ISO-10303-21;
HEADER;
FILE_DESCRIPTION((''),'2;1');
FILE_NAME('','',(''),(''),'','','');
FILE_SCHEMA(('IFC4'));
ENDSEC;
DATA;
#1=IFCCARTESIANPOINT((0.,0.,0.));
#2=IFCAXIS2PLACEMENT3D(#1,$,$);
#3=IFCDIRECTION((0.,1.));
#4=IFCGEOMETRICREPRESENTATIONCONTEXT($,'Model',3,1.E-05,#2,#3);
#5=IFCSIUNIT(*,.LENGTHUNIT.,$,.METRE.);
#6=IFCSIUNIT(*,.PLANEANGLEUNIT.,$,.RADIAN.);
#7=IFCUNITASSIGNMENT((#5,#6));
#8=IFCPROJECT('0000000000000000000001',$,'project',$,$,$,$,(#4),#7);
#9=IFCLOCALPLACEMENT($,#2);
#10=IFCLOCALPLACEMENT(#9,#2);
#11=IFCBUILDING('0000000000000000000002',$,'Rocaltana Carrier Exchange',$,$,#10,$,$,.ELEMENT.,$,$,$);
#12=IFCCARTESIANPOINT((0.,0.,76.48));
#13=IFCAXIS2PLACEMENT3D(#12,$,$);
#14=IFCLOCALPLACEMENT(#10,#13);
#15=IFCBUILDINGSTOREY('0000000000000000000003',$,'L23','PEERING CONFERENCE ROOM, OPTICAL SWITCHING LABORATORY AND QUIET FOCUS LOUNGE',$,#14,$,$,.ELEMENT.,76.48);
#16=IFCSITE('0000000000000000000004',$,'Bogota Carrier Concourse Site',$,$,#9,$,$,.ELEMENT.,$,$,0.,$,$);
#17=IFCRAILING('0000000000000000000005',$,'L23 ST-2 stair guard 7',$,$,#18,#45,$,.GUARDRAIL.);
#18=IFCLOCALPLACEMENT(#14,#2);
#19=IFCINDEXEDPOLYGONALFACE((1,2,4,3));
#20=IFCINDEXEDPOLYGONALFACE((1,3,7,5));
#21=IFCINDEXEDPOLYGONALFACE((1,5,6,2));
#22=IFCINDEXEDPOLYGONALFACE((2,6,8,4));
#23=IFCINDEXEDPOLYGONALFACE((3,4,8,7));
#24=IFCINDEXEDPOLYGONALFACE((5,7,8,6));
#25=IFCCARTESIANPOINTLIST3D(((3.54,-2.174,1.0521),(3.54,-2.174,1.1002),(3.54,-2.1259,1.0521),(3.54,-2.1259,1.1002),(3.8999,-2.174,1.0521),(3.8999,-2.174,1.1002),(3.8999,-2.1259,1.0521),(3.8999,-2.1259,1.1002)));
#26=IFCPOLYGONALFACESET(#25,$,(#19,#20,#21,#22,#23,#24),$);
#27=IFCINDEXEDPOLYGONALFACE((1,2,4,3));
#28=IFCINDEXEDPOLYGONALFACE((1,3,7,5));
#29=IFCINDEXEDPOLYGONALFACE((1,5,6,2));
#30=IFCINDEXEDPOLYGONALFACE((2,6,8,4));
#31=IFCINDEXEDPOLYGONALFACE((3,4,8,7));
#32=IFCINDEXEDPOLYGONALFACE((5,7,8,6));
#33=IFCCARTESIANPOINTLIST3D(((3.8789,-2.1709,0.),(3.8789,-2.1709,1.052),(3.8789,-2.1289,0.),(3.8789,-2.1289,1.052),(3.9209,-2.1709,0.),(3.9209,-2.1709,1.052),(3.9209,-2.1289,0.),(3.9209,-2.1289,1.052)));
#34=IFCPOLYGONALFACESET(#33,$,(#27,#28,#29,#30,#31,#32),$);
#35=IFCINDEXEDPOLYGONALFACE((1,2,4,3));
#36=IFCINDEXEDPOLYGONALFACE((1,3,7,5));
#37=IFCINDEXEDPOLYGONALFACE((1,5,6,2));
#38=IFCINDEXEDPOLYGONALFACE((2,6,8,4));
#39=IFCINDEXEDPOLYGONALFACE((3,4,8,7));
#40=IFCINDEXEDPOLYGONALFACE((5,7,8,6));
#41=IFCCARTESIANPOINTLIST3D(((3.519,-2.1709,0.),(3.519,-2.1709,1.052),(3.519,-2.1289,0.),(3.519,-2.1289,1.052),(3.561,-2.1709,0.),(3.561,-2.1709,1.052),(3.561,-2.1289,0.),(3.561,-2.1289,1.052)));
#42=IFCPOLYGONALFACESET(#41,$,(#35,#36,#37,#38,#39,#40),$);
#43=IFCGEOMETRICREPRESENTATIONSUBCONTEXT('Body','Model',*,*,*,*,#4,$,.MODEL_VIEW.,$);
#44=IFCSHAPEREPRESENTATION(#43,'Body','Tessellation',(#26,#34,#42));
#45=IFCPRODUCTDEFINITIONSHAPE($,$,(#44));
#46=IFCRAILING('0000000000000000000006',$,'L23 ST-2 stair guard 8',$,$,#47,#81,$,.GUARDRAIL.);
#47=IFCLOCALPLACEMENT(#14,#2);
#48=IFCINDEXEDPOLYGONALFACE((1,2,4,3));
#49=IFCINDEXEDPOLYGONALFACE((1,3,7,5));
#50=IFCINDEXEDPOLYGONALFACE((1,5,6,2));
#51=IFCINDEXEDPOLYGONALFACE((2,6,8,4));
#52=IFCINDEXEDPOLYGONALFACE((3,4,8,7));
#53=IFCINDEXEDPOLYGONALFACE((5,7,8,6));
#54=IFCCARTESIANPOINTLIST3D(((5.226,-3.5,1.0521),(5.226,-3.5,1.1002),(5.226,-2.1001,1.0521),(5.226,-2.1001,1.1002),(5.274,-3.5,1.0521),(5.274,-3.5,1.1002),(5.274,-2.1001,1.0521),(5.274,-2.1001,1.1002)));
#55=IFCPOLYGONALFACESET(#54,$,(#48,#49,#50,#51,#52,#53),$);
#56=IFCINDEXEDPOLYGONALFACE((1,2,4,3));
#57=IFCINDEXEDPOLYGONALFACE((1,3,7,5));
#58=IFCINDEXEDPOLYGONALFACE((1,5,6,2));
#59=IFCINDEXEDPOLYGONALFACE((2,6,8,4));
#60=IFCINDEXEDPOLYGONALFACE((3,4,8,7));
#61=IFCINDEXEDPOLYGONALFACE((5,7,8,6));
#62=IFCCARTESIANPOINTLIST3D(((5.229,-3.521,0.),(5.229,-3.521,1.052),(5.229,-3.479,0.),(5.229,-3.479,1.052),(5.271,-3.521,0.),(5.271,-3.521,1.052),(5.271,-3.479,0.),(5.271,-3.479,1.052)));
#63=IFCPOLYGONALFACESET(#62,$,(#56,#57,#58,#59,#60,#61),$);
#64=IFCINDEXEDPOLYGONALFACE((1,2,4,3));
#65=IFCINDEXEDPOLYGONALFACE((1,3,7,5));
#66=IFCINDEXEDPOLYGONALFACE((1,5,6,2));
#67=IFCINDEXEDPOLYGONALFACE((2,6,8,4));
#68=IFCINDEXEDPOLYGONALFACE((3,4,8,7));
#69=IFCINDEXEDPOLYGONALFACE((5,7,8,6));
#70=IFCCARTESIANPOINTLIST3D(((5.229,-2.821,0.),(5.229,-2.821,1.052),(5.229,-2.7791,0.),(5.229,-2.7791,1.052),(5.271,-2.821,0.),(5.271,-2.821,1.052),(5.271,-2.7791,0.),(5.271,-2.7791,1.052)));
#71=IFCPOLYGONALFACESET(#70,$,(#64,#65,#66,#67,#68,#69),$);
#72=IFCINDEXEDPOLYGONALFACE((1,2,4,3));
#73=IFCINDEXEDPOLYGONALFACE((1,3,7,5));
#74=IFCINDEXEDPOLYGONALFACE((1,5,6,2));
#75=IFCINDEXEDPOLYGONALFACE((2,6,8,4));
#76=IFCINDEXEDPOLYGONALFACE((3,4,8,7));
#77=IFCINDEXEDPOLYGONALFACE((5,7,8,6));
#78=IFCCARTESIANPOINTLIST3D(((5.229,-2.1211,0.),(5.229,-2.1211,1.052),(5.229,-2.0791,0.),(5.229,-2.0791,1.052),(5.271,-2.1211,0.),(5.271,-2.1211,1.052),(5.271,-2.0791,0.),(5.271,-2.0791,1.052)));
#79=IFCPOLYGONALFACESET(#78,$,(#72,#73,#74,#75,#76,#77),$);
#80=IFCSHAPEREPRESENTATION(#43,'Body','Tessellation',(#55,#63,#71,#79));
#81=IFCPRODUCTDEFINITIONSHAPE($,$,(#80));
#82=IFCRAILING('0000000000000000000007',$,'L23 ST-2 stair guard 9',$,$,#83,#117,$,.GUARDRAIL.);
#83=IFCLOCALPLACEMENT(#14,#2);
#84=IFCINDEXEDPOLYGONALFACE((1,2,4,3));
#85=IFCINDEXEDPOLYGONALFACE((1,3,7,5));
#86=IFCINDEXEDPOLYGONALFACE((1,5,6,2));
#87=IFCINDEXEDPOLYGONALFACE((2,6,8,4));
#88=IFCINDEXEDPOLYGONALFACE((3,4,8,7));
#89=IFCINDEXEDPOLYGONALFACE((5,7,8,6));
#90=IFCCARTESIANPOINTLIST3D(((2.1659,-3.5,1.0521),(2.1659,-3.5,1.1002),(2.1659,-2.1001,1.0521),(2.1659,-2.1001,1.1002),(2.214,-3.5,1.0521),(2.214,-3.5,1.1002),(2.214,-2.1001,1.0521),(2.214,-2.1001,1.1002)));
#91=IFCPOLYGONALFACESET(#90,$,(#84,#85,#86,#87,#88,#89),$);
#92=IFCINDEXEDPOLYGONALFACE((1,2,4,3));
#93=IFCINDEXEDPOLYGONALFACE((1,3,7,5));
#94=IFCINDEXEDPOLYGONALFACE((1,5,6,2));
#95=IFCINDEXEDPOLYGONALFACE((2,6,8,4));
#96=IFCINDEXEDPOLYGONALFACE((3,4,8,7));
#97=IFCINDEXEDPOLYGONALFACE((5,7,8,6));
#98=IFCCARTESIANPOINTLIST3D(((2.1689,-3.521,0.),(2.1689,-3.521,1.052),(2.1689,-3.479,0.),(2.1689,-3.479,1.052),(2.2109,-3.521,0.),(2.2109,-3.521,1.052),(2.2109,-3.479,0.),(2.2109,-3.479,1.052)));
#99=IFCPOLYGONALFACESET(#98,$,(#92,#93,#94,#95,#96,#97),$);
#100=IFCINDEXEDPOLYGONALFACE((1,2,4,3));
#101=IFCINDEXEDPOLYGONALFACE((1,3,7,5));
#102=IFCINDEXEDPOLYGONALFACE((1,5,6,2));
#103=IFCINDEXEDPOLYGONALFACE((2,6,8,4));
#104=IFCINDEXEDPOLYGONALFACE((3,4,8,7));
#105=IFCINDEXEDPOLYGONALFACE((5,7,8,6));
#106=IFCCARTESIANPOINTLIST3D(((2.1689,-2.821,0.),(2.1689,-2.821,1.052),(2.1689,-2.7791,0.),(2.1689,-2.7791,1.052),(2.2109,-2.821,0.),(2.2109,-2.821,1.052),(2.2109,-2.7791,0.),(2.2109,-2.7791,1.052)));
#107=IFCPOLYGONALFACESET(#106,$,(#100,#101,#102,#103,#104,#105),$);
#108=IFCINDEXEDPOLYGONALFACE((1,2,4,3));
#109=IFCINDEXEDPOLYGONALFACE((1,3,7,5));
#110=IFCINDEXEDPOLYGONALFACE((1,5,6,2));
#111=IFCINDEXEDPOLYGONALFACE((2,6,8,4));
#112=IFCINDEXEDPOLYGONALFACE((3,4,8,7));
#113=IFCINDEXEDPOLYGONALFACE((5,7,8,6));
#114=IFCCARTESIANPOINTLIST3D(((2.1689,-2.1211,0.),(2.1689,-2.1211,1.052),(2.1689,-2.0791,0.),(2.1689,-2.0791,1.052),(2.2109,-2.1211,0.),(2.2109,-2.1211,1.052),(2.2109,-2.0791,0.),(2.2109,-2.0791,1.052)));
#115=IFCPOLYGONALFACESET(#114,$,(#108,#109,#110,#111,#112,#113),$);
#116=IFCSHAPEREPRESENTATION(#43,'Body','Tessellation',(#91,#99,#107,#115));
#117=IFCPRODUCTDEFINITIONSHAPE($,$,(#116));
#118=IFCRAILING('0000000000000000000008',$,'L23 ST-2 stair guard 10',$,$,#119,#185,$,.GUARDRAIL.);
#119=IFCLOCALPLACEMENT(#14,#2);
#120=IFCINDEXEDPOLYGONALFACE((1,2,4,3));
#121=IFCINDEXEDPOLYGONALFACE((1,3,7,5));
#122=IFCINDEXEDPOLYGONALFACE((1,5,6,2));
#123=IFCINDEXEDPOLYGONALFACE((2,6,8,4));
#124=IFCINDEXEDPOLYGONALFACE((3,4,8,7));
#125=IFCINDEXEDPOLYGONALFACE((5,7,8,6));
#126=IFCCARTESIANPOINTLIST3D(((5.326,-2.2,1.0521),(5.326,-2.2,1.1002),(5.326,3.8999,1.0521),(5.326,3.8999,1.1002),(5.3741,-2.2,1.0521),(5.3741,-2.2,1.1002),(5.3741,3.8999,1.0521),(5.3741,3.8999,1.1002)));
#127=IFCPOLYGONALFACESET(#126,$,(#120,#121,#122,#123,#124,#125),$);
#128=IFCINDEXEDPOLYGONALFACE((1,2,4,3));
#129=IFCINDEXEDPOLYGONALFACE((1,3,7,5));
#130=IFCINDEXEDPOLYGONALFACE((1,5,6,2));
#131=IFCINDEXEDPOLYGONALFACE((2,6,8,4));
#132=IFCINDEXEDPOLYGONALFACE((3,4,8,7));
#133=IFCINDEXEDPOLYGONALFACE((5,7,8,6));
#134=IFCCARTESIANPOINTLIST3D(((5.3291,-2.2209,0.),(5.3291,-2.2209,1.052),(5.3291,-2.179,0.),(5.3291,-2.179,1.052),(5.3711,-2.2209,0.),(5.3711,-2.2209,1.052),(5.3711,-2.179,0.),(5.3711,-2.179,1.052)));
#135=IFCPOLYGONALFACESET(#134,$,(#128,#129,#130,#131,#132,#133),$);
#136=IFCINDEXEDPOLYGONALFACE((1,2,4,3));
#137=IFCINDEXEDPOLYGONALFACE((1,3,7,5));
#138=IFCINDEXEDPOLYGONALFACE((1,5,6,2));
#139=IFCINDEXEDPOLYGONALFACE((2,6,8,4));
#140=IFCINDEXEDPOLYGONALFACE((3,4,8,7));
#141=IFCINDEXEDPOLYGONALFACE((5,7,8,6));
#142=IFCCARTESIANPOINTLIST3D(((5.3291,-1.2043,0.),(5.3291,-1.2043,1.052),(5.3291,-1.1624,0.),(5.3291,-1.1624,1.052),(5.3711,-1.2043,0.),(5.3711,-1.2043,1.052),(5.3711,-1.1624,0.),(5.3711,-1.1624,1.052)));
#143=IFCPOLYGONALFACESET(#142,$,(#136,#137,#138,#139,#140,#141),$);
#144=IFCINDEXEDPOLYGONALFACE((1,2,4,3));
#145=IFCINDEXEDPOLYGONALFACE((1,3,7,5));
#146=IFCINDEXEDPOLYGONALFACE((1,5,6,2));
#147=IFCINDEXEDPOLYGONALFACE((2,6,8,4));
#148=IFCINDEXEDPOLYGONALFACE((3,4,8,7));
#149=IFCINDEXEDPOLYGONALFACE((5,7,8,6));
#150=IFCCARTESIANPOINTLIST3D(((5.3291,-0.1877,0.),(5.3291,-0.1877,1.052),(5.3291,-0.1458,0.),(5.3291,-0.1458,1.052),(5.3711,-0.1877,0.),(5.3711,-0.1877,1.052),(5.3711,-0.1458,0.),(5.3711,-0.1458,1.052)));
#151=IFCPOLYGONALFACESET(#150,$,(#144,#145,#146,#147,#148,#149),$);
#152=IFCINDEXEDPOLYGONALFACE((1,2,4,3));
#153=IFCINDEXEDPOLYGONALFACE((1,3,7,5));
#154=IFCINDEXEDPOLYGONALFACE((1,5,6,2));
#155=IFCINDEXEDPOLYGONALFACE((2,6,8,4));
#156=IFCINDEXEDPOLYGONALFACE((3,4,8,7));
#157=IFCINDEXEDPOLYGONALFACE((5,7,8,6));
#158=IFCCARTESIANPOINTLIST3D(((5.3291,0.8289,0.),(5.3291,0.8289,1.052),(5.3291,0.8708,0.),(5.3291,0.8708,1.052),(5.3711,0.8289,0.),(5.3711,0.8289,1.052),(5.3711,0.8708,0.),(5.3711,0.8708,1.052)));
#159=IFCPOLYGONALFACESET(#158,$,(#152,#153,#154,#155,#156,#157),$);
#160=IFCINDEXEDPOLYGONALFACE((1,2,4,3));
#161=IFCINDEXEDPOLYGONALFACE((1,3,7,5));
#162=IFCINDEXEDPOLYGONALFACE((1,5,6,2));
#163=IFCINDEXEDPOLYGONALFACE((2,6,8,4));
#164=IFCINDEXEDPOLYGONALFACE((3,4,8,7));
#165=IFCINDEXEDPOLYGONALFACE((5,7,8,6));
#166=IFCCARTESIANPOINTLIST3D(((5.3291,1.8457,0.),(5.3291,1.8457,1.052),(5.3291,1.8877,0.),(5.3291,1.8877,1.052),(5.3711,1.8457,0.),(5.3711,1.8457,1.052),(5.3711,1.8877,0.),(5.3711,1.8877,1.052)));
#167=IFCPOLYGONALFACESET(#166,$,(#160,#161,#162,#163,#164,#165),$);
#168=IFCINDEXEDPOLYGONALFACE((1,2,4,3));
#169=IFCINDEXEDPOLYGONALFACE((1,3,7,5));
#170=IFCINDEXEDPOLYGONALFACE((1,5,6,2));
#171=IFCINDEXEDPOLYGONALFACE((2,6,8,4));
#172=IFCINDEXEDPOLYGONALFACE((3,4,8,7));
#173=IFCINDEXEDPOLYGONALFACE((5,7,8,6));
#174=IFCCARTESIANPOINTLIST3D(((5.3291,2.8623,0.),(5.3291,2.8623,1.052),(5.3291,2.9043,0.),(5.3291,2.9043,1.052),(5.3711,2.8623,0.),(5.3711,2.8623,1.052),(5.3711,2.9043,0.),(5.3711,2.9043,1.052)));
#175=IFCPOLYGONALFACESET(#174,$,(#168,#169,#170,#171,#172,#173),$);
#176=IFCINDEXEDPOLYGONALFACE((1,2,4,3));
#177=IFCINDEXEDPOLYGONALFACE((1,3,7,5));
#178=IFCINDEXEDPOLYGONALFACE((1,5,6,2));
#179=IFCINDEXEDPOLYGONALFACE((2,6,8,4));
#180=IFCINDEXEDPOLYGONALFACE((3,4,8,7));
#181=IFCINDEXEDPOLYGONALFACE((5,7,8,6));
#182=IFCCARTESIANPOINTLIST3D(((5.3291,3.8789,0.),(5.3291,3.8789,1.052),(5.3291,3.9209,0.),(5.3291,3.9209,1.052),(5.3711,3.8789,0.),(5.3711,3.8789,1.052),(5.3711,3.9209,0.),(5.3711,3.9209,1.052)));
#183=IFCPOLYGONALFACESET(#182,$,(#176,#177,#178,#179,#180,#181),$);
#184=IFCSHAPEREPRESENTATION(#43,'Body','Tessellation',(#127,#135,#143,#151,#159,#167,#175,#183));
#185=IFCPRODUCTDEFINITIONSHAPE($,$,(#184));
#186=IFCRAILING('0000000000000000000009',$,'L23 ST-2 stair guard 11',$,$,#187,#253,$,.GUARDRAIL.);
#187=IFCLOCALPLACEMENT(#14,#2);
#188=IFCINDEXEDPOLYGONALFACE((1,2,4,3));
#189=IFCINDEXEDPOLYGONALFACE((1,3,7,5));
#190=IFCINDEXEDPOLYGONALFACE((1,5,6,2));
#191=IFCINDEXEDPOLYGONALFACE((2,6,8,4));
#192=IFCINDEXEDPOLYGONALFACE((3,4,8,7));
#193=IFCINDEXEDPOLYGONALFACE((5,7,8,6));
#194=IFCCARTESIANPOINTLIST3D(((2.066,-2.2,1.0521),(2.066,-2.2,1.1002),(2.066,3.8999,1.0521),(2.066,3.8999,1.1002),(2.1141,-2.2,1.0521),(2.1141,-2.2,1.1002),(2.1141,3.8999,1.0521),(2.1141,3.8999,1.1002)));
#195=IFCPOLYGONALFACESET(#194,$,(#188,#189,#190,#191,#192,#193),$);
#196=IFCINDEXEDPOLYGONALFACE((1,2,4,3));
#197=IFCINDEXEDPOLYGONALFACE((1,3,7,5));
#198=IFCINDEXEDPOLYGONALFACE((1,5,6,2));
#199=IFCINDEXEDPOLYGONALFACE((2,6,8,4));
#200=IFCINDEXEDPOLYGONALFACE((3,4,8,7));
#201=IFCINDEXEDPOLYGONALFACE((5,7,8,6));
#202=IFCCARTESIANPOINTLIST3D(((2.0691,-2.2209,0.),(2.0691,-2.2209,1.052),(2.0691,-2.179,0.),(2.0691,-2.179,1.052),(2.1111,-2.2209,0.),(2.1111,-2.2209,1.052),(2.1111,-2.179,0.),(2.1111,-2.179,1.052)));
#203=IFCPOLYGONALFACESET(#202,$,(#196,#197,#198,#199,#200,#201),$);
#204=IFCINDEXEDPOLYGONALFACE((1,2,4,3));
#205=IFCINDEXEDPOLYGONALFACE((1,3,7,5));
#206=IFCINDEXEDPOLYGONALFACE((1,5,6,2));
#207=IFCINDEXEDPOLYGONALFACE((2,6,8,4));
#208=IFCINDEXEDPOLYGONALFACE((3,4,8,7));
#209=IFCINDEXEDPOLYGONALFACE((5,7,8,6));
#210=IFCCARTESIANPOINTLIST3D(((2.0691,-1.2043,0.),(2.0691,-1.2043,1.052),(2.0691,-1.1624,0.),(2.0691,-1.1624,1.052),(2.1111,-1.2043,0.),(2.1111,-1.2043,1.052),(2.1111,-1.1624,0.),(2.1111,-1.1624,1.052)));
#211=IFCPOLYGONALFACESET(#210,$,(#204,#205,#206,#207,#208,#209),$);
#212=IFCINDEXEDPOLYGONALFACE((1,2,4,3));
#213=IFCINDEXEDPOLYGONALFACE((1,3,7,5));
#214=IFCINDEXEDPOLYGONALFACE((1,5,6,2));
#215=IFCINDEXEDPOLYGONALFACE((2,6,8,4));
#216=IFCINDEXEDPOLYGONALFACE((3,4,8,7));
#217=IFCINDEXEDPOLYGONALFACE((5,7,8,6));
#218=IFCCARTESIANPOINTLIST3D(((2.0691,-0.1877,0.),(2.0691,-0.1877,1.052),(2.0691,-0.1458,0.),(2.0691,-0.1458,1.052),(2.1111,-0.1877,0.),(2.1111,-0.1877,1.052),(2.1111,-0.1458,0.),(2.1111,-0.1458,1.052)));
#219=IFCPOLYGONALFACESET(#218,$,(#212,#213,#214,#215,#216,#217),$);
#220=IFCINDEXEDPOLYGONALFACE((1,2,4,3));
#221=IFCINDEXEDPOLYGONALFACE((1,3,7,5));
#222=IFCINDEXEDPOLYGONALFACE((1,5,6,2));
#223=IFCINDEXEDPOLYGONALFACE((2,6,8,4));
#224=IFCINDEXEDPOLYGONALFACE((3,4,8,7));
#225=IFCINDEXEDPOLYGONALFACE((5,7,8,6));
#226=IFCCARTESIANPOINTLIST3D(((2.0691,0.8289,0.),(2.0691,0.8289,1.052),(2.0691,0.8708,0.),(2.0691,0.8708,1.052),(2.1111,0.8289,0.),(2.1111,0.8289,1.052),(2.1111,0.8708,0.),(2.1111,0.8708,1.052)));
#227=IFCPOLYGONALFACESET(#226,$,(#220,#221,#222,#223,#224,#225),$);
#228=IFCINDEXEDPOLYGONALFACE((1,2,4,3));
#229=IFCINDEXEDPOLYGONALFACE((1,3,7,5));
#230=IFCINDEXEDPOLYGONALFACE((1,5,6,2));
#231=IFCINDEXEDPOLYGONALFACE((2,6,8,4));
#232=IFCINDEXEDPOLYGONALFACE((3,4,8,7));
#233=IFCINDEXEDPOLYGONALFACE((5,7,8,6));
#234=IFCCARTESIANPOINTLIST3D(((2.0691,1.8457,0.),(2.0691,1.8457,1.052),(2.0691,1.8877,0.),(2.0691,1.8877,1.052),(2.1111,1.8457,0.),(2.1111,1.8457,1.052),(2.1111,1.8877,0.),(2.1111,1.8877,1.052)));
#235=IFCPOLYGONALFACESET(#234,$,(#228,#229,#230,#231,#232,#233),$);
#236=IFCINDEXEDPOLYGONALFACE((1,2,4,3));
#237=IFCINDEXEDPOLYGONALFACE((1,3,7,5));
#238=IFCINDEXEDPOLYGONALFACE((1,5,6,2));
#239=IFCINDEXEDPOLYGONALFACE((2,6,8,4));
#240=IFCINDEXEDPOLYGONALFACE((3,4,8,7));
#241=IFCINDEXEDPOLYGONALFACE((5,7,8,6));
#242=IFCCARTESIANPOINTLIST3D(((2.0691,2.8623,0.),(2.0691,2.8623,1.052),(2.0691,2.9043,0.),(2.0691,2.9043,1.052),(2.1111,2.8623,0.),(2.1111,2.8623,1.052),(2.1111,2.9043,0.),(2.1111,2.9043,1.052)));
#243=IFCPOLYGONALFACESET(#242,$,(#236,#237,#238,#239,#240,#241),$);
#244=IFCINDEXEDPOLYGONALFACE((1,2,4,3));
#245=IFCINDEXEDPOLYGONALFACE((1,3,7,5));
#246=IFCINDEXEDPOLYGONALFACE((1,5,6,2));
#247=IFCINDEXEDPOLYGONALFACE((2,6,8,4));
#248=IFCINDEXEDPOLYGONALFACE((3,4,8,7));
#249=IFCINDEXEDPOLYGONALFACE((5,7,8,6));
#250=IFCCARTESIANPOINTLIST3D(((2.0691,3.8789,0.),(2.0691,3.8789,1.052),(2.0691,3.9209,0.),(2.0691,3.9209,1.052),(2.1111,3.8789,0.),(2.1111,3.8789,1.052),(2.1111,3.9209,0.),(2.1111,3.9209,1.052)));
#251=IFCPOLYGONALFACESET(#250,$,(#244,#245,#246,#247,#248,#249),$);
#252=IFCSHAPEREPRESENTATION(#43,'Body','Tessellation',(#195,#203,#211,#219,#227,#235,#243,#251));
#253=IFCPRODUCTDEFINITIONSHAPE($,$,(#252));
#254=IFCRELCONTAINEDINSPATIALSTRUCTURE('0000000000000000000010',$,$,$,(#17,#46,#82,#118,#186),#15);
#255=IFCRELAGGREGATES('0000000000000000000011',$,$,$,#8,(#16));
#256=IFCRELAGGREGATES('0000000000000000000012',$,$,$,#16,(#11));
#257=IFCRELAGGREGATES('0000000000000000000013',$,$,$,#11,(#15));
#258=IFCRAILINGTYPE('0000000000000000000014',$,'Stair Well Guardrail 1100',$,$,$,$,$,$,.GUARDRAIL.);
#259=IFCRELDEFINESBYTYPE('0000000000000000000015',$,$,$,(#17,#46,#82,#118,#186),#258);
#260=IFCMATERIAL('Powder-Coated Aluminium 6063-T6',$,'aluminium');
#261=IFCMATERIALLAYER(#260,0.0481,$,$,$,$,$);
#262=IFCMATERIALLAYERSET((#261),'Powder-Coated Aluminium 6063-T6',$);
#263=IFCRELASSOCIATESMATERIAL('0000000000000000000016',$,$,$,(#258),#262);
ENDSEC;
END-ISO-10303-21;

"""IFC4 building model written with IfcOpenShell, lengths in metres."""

from ifc_helpers import new_model, si_unit, direction, frame, origin, origin_2d, place, context, subcontext, project, spatial, rectangle, extrude, material, layer, layer_set, type_object, element, save


model = new_model("IFC4")

# Units and contexts
model_context = context("Model", 3, precision=1e-05, world=origin(), true_north=direction((0.0, 1.0)))
body_context = subcontext(model_context, "Body", "Model", "MODEL_VIEW")
ifc_project = project(units=[si_unit("LENGTHUNIT", "METRE"), si_unit("PLANEANGLEUNIT", "RADIAN")], contexts=[model_context])

# Site, building, storey
site_placement = place(None, origin())
site = spatial("IfcSite", under=ifc_project, at=site_placement, Name="Bogota Carrier Concourse Site", CompositionType="ELEMENT", RefElevation=0.0)
building_placement = place(site_placement, origin())
building = spatial("IfcBuilding", under=site, at=building_placement, Name="Rocaltana Carrier Exchange", CompositionType="ELEMENT")
storey_placement = place(building_placement, frame((0.0, 0.0, 76.48)))
storey = spatial("IfcBuildingStorey", under=building, at=storey_placement, Name="L23", Description="PEERING CONFERENCE ROOM, OPTICAL SWITCHING LABORATORY AND QUIET FOCUS LOUNGE", CompositionType="ELEMENT", Elevation=76.48)

# Railings
ifc_material_1 = material(Name="Powder-Coated Aluminium 6063-T6", Category="aluminium")
ifc_layer_1 = layer(ifc_material_1, 0.0481)
ifc_layer_set_1 = layer_set([ifc_layer_1], Name="Powder-Coated Aluminium 6063-T6")
railing_type_1 = type_object("IfcRailingType", Name="Stair Well Guardrail 1100", PredefinedType="GUARDRAIL", material=ifc_layer_set_1)
railing_1_placement = place(storey_placement, frame((3.8999, -2.1499, 0.0)))
element("IfcRailing", 1, at=railing_1_placement, inside=storey, type_object=railing_type_1, Name="L23 ST-2 stair guard 7", PredefinedType="GUARDRAIL", context=body_context, shape_type="SweptSolid", body=[
    extrude(rectangle(XDim=0.0481, YDim=0.0481, at=origin_2d()), frame((0.0, 0.0, 1.0762), z_axis=(-1.0, 0.0, 0.0), x_axis=(0.0, -1.0, 0.0)), (0.0, 0.0, 1.0), 0.3599),
    extrude(rectangle(XDim=0.042, YDim=0.042, at=origin_2d()), origin(), (0.0, 0.0, 1.0), 1.052),
    extrude(rectangle(XDim=0.042, YDim=0.042, at=origin_2d()), frame((-0.3599, 0.0, 0.0)), (0.0, 0.0, 1.0), 1.052),
])
for number, where, name in (
    (2, (5.25, -3.5, 0.0), "L23 ST-2 stair guard 8"),
    (3, (2.1899, -3.5, 0.0), "L23 ST-2 stair guard 9"),
):
    element("IfcRailing", number, at=place(storey_placement, frame(where)), inside=storey, type_object=railing_type_1, Name=name, PredefinedType="GUARDRAIL", context=body_context, shape_type="SweptSolid", body=[
        extrude(rectangle(XDim=0.0481, YDim=0.0481, at=origin_2d()), frame((0.0, 0.0, 1.0762), z_axis=(0.0, 1.0, 0.0), x_axis=(-1.0, 0.0, 0.0)), (0.0, 0.0, 1.0), 1.3999),
        extrude(rectangle(XDim=0.042, YDim=0.042, at=origin_2d()), origin(), (0.0, 0.0, 1.0), 1.052),
        extrude(rectangle(XDim=0.042, YDim=0.042, at=origin_2d()), frame((0.0, 0.7, 0.0)), (0.0, 0.0, 1.0), 1.052),
        extrude(rectangle(XDim=0.042, YDim=0.042, at=origin_2d()), frame((0.0, 1.3999, 0.0)), (0.0, 0.0, 1.0), 1.052),
    ])
for number, where, name in (
    (4, (5.3501, -2.2, 0.0), "L23 ST-2 stair guard 10"),
    (5, (2.0901, -2.2, 0.0), "L23 ST-2 stair guard 11"),
):
    element("IfcRailing", number, at=place(storey_placement, frame(where)), inside=storey, type_object=railing_type_1, Name=name, PredefinedType="GUARDRAIL", context=body_context, shape_type="SweptSolid", body=[
        extrude(rectangle(XDim=0.0481, YDim=0.0481, at=origin_2d()), frame((0.0, 0.0, 1.0762), z_axis=(0.0, 1.0, 0.0), x_axis=(-1.0, 0.0, 0.0)), (0.0, 0.0, 1.0), 6.0999),
        extrude(rectangle(XDim=0.042, YDim=0.042, at=origin_2d()), origin(), (0.0, 0.0, 1.0), 1.052),
        extrude(rectangle(XDim=0.042, YDim=0.042, at=origin_2d()), frame((0.0, 1.0166, 0.0)), (0.0, 0.0, 1.0), 1.052),
        extrude(rectangle(XDim=0.042, YDim=0.042, at=origin_2d()), frame((0.0, 2.0332, 0.0)), (0.0, 0.0, 1.0), 1.052),
        extrude(rectangle(XDim=0.042, YDim=0.042, at=origin_2d()), frame((0.0, 3.0498, 0.0)), (0.0, 0.0, 1.0), 1.052),
        extrude(rectangle(XDim=0.042, YDim=0.042, at=origin_2d()), frame((0.0, 4.0667, 0.0)), (0.0, 0.0, 1.0), 1.052),
        extrude(rectangle(XDim=0.042, YDim=0.042, at=origin_2d()), frame((0.0, 5.0833, 0.0)), (0.0, 0.0, 1.0), 1.052),
        extrude(rectangle(XDim=0.042, YDim=0.042, at=origin_2d()), frame((0.0, 6.0999, 0.0)), (0.0, 0.0, 1.0), 1.052),
    ])

save(model, "model.ifc")
